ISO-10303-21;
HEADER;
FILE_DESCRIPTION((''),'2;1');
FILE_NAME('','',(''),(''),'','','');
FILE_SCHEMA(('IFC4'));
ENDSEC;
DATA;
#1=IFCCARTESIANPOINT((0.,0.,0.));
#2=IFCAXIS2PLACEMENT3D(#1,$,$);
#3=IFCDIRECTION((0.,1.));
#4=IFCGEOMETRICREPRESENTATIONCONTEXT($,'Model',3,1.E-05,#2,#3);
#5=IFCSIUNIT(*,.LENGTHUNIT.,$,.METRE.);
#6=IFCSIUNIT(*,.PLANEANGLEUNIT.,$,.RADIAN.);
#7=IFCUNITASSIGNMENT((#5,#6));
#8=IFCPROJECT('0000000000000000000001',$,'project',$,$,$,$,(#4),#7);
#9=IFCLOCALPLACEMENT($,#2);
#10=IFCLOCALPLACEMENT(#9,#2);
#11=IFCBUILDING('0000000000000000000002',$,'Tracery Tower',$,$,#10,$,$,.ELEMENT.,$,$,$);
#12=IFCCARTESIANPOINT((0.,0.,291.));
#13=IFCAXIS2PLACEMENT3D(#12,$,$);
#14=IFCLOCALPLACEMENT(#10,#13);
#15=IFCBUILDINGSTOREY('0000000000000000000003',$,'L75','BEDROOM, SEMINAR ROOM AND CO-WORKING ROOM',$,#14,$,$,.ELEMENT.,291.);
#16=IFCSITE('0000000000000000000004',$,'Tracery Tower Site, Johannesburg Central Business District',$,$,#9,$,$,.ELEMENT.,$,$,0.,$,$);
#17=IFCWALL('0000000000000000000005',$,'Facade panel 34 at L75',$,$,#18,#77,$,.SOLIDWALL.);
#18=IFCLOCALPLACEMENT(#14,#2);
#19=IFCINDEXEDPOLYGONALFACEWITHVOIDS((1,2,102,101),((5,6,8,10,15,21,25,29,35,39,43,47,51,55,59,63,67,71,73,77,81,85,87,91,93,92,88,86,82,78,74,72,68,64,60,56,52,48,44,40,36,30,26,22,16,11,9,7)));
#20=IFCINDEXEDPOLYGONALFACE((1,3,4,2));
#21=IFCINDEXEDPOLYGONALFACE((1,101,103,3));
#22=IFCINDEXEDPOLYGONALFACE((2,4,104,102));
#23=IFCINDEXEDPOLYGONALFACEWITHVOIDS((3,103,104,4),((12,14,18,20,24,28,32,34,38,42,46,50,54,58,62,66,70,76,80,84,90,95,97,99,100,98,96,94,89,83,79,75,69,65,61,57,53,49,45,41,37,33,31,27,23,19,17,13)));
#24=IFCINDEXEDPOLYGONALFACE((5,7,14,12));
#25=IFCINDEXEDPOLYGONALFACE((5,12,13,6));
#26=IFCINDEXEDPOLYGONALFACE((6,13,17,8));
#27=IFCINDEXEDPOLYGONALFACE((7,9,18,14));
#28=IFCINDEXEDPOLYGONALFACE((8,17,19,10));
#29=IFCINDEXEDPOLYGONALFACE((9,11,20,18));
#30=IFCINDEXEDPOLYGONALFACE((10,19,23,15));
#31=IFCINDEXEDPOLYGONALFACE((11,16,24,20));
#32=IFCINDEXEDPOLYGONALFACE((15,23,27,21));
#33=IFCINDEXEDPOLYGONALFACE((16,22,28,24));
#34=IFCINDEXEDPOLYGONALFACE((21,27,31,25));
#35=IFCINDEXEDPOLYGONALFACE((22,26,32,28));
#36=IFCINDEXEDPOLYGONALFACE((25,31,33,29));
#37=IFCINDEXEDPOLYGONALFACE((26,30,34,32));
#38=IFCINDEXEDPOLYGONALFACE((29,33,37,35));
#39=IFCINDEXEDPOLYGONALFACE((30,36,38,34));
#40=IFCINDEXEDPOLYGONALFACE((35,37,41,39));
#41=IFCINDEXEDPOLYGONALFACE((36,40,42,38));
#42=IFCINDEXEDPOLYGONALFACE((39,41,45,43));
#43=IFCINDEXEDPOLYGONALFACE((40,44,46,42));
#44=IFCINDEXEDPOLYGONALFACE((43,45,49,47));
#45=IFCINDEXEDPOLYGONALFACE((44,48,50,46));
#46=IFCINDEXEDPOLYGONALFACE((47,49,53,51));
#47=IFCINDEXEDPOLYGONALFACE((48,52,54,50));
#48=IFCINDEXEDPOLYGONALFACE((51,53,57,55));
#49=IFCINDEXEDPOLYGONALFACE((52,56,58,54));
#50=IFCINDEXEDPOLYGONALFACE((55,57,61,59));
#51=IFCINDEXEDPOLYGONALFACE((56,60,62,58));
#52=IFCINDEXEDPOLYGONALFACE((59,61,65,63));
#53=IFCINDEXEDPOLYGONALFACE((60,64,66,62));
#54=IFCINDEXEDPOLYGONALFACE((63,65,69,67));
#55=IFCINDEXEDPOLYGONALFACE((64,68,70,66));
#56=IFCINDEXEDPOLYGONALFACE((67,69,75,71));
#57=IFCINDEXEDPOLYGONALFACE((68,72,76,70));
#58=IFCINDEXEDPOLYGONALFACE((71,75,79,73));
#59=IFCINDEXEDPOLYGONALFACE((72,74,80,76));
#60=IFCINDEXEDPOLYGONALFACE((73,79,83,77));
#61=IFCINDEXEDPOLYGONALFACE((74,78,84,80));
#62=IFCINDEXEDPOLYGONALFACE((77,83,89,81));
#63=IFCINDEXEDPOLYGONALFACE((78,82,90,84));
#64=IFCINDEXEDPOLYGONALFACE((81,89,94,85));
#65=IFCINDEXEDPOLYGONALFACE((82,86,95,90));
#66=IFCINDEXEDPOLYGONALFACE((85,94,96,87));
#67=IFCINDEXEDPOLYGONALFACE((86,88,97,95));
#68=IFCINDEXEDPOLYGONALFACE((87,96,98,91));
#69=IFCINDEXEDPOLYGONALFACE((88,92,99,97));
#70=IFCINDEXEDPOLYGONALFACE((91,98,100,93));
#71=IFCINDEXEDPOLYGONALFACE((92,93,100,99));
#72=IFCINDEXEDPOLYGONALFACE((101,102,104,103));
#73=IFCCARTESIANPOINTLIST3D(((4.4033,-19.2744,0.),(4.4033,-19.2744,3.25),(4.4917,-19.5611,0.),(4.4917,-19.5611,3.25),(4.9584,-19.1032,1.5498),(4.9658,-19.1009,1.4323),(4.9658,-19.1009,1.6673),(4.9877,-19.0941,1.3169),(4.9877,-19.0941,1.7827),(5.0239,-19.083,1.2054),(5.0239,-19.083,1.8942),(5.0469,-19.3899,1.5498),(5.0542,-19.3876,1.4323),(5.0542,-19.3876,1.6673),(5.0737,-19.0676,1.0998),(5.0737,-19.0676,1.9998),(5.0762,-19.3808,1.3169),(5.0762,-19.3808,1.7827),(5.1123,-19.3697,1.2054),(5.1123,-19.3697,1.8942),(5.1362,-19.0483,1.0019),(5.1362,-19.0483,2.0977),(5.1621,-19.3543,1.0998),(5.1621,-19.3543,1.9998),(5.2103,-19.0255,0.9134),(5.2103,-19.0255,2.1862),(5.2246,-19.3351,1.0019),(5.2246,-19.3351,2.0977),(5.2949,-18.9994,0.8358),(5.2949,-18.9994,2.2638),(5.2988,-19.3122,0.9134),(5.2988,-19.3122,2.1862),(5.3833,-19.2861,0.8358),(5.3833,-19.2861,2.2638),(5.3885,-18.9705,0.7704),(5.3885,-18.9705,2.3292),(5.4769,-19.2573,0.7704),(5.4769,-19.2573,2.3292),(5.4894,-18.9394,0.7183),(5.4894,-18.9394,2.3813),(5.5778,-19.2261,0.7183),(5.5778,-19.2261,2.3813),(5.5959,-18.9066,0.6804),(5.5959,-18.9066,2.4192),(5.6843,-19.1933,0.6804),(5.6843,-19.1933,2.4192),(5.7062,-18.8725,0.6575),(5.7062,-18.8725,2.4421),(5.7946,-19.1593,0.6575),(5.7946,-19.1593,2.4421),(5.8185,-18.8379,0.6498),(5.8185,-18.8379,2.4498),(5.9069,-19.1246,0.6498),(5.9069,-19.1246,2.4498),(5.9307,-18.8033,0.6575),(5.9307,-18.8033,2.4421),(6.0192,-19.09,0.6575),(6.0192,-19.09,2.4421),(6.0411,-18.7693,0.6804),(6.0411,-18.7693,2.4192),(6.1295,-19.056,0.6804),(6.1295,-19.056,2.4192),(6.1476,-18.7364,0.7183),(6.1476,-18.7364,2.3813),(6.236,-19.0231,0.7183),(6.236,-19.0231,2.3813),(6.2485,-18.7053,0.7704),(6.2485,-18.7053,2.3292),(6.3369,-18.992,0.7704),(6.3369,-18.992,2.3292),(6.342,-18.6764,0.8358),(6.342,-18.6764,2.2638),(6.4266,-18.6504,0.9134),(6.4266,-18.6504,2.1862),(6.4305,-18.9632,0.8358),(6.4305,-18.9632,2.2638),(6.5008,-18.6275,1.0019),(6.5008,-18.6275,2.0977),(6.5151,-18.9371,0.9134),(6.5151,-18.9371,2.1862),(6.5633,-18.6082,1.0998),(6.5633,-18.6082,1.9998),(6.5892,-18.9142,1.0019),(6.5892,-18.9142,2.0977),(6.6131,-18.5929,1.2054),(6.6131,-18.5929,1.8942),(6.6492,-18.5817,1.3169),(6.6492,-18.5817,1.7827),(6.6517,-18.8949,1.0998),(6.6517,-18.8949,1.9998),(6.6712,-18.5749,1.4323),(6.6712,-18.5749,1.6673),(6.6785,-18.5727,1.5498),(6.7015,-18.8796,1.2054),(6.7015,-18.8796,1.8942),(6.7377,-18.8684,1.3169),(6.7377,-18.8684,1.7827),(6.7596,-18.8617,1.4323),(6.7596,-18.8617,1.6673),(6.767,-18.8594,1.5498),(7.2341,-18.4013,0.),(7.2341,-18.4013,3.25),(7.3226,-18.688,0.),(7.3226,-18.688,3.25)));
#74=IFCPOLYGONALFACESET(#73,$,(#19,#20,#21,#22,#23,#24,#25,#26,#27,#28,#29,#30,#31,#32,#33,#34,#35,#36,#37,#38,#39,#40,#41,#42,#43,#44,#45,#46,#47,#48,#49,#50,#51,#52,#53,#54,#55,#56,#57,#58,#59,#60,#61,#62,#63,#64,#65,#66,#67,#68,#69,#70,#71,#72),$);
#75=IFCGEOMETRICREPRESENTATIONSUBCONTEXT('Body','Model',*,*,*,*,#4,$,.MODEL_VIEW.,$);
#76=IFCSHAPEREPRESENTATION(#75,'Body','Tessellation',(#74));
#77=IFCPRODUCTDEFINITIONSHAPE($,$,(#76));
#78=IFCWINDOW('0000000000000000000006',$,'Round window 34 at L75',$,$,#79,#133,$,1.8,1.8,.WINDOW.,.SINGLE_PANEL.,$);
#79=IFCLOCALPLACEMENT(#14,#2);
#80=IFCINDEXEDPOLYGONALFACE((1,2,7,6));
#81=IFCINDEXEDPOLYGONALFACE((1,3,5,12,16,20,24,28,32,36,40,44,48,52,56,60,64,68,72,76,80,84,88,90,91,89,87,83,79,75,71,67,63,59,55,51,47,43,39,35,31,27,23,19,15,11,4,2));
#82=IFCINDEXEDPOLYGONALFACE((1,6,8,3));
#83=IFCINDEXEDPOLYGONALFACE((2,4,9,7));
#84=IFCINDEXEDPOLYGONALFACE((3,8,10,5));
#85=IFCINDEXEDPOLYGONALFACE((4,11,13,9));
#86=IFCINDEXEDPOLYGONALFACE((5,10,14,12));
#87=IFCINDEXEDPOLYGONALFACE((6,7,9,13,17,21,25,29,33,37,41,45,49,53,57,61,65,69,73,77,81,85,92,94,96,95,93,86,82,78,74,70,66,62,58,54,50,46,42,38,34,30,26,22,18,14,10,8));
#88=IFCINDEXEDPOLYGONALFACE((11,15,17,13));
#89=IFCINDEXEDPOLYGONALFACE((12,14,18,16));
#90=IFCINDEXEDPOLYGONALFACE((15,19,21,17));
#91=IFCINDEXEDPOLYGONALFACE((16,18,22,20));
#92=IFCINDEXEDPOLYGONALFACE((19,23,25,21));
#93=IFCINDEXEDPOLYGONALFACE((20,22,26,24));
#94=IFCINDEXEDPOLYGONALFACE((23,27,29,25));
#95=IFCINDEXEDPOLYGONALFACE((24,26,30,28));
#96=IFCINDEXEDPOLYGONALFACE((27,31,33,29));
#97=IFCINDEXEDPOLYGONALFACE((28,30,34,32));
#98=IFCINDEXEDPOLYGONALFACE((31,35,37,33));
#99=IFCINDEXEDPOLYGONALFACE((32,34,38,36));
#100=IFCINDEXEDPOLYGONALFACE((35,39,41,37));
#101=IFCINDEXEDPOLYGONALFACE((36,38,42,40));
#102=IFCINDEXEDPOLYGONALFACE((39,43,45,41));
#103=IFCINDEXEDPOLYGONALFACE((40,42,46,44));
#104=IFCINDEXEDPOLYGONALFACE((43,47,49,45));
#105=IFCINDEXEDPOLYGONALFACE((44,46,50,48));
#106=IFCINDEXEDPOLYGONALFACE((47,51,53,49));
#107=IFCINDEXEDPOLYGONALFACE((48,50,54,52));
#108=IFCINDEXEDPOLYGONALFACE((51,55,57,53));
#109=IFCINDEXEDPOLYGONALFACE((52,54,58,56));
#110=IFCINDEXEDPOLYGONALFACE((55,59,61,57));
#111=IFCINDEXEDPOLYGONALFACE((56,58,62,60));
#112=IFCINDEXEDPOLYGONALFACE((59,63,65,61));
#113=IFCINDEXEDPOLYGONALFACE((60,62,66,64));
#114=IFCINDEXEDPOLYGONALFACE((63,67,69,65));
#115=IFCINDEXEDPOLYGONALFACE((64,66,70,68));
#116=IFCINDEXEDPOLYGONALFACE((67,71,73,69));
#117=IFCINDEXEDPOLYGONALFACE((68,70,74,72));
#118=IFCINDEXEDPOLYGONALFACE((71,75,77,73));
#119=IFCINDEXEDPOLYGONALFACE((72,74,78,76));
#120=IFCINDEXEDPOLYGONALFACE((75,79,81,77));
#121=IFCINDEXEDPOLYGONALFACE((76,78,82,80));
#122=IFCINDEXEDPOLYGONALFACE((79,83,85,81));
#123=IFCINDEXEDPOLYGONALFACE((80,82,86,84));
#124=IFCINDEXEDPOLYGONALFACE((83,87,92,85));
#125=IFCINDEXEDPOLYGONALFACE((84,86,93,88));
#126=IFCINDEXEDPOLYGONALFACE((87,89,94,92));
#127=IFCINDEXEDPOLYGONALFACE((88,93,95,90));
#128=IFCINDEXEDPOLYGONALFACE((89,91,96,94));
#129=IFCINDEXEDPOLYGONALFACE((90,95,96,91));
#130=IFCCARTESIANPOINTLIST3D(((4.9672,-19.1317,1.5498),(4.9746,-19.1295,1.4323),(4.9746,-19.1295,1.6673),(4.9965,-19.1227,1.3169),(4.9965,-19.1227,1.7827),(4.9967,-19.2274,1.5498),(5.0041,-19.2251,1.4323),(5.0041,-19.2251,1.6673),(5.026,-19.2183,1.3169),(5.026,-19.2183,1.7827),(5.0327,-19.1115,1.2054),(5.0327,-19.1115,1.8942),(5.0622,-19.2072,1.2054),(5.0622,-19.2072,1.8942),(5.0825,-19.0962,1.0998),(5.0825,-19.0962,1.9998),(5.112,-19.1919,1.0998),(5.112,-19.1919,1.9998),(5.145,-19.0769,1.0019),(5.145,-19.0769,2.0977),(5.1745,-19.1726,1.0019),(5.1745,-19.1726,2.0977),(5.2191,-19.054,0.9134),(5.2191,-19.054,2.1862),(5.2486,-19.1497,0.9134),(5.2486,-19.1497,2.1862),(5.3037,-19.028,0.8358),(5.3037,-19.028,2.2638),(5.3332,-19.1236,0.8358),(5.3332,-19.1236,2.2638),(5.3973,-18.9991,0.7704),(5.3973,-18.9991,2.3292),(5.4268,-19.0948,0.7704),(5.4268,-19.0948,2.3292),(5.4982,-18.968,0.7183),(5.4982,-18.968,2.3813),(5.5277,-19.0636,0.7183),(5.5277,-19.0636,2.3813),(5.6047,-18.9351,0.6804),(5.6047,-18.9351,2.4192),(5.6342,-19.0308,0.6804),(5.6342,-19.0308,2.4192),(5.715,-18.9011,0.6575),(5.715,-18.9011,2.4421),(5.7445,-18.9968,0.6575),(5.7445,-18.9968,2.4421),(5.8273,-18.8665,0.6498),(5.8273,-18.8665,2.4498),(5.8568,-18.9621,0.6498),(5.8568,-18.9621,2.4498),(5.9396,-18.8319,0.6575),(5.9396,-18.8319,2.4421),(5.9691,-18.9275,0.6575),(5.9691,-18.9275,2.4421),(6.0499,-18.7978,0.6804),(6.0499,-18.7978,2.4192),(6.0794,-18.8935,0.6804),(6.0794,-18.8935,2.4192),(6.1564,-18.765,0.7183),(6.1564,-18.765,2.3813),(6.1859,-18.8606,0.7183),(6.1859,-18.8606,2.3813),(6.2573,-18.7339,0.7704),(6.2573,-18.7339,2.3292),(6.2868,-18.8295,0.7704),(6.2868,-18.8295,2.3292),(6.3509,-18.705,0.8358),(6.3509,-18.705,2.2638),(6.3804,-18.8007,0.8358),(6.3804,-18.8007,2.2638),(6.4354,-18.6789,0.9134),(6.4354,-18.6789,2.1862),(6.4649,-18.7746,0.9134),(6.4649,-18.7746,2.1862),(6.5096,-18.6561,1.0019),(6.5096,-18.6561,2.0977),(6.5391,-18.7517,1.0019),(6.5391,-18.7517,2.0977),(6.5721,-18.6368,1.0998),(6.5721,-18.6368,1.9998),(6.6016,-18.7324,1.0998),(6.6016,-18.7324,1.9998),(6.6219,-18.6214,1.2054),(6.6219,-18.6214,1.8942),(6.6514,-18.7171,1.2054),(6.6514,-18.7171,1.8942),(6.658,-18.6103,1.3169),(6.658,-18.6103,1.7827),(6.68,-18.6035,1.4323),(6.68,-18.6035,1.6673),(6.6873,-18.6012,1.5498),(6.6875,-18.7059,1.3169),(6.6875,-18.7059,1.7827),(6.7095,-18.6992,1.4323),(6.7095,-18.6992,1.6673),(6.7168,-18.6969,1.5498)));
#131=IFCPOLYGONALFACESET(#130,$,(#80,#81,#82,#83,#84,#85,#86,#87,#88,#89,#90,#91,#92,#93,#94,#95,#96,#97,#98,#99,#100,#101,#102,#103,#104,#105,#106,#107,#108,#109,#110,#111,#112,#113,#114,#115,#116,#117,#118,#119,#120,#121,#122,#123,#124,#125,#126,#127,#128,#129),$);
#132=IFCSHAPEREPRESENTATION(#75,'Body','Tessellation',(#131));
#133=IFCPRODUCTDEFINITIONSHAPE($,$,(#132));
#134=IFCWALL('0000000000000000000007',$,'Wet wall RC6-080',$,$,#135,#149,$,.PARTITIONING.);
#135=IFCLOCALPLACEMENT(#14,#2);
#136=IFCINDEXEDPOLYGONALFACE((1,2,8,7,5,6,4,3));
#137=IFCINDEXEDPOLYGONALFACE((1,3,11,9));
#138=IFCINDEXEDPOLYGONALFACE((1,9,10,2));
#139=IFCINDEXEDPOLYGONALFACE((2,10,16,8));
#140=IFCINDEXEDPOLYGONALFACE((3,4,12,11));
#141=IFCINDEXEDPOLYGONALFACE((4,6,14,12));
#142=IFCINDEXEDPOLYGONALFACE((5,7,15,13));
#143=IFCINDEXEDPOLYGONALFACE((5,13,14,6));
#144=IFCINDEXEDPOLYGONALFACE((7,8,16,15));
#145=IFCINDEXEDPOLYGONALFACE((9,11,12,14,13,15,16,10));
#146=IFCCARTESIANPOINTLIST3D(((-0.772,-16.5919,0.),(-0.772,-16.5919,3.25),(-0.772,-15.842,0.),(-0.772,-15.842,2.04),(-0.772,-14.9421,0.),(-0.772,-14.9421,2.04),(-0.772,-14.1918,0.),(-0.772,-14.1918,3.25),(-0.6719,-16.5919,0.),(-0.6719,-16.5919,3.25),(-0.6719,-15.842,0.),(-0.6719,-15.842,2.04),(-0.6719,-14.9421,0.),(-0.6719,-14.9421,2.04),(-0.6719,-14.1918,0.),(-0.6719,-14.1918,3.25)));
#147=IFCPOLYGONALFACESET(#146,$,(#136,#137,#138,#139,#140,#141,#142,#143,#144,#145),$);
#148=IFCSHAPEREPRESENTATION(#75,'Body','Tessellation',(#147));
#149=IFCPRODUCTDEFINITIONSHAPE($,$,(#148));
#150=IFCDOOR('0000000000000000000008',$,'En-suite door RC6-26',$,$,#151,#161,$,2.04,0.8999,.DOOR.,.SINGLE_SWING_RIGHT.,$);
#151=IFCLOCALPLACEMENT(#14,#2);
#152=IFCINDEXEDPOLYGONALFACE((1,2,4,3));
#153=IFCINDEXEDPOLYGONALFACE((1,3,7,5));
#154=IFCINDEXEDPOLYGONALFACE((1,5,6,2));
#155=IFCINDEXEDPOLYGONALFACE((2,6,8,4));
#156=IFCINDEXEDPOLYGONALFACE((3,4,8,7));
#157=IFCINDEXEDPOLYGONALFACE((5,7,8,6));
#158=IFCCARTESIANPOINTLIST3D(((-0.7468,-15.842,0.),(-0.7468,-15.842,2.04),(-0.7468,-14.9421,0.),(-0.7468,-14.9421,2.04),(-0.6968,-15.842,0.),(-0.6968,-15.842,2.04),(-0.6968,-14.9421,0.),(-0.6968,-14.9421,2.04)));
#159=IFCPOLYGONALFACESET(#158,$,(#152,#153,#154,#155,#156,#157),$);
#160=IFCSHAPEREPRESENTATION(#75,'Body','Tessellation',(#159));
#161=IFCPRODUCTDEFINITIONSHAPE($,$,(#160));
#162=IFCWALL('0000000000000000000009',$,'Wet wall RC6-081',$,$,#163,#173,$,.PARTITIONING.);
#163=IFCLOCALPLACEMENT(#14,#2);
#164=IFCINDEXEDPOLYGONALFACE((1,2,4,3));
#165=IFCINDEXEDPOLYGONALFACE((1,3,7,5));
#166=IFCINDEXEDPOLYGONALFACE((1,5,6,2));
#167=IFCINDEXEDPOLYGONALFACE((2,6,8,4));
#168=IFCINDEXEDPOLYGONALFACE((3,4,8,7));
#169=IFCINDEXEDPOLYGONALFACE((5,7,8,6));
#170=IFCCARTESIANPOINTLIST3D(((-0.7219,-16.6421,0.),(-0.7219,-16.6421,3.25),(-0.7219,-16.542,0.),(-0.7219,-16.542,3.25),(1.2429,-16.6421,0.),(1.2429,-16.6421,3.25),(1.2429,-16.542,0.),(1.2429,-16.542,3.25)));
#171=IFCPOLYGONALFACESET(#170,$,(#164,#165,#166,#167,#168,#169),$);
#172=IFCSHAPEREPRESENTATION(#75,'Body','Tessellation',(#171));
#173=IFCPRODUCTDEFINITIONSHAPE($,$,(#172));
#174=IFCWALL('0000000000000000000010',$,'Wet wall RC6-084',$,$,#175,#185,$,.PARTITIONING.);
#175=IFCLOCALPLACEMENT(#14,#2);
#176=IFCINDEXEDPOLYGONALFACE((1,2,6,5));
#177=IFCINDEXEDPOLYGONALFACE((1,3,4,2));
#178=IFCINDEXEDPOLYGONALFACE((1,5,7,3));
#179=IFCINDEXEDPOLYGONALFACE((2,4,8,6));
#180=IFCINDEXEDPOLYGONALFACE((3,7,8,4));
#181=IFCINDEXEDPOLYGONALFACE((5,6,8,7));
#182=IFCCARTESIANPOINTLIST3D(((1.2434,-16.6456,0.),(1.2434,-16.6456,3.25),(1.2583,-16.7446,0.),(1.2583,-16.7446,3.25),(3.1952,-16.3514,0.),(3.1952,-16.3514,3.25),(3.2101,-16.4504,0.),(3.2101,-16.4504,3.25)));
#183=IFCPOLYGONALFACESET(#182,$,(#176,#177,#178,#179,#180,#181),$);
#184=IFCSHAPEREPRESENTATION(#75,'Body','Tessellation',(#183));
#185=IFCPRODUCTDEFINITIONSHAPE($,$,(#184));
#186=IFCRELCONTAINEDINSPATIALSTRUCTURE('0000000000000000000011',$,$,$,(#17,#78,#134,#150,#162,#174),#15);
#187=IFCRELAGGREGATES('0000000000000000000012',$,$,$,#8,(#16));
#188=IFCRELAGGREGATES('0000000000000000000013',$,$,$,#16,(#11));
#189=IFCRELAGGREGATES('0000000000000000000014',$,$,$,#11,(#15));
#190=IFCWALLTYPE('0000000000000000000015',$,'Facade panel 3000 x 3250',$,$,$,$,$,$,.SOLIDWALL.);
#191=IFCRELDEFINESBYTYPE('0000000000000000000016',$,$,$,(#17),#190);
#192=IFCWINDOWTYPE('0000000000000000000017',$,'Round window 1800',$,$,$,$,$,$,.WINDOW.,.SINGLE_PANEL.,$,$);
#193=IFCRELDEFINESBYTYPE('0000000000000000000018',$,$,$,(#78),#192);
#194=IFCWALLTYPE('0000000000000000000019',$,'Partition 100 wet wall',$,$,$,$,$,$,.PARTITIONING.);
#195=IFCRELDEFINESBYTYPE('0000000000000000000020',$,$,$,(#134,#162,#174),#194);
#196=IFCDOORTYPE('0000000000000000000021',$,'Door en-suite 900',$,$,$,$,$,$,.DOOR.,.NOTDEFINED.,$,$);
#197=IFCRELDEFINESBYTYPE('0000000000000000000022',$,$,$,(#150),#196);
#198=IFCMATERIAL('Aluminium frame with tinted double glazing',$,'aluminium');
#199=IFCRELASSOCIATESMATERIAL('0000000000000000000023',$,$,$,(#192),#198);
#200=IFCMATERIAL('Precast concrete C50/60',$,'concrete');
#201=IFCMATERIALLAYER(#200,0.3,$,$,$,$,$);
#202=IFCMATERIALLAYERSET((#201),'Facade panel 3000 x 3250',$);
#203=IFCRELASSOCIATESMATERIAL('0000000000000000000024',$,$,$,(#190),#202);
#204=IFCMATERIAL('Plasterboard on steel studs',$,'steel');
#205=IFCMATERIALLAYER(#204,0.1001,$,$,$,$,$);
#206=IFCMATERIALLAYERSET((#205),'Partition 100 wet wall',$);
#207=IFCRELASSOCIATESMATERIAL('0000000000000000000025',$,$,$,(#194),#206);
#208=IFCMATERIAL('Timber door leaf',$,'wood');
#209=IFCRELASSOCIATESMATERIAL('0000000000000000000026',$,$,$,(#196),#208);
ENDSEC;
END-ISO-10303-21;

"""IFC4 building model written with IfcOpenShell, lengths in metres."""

from ifc_helpers import new_model, si_unit, direction, frame, frame_2d, origin, origin_2d, place, context, subcontext, project, spatial, rectangle, circle, extrude, material, layer, layer_set, type_object, element, fill, save


model = new_model("IFC4")

# Units and contexts
model_context = context("Model", 3, precision=1e-05, world=origin(), true_north=direction((0.0, 1.0)))
body_context = subcontext(model_context, "Body", "Model", "MODEL_VIEW")
ifc_project = project(units=[si_unit("LENGTHUNIT", "METRE"), si_unit("PLANEANGLEUNIT", "RADIAN")], contexts=[model_context])

# Site, building, storey
site_placement = place(None, origin())
site = spatial("IfcSite", under=ifc_project, at=site_placement, Name="Tracery Tower Site, Johannesburg Central Business District", CompositionType="ELEMENT", RefElevation=0.0)
building_placement = place(site_placement, origin())
building = spatial("IfcBuilding", under=site, at=building_placement, Name="Tracery Tower", CompositionType="ELEMENT")
storey_placement = place(building_placement, frame((0.0, 0.0, 291.0)))
storey = spatial("IfcBuildingStorey", under=building, at=storey_placement, Name="L75", Description="BEDROOM, SEMINAR ROOM AND CO-WORKING ROOM", CompositionType="ELEMENT", Elevation=291.0)

# Wall, opening, window
ifc_material_1 = material(Name="Aluminium frame with tinted double glazing", Category="aluminium")
window_type = type_object("IfcWindowType", Name="Round window 1800", PartitioningType="SINGLE_PANEL", PredefinedType="WINDOW", material=ifc_material_1)
ifc_material_2 = material(Name="Precast concrete C50/60", Category="concrete")
ifc_layer_1 = layer(ifc_material_2, 0.3)
ifc_layer_set_1 = layer_set([ifc_layer_1], Name="Facade panel 3000 x 3250")
wall_type_1 = type_object("IfcWallType", Name="Facade panel 3000 x 3250", PredefinedType="SOLIDWALL", material=ifc_layer_set_1)
wall_1_placement = place(storey_placement, frame((4.4475, -19.4177, 0.0), z_axis=(0.0, 0.0, 1.0), x_axis=(0.955586, 0.294711, 0.0)))
wall_1 = element("IfcWall", 1, at=wall_1_placement, inside=storey, type_object=wall_type_1, Name="Facade panel 34 at L75", PredefinedType="SOLIDWALL", context=body_context, shape_type="SweptSolid", body=[
    extrude(rectangle(XDim=2.9624, YDim=0.3, at=frame_2d((1.4812, 0.0))), origin(), (0.0, 0.0, 1.0), 3.25),
])
opening_1_placement = place(wall_1_placement, frame((1.481, 0.0, 1.5498)))
opening_1 = element("IfcOpeningElement", 2, at=opening_1_placement, cuts=wall_1, PredefinedType="OPENING", context=body_context, shape_type="SweptSolid", body=[
    extrude(circle(Radius=0.9, at=origin_2d()), frame((0.0, 0.1599, 0.0), z_axis=(0.0, -1.0, 0.0), x_axis=(1.0, 0.0, 0.0)), (0.0, 0.0, 1.0), 0.3201),
])
window_1_placement = place(opening_1_placement, origin())
window_1 = element("IfcWindow", 3, at=window_1_placement, inside=storey, type_object=window_type, Name="Round window 34 at L75", OverallHeight=1.8, OverallWidth=1.8, PartitioningType="SINGLE_PANEL", PredefinedType="WINDOW", context=body_context, shape_type="SweptSolid", body=[
    extrude(circle(Radius=0.9, at=origin_2d()), frame((0.0, 0.1201, 0.0), z_axis=(0.0, -1.0, 0.0), x_axis=(1.0, 0.0, 0.0)), (0.0, 0.0, 1.0), 0.1001),
])
fill(opening_1, window_1)

# Wall, opening, door
ifc_material_3 = material(Name="Plasterboard on steel studs", Category="steel")
ifc_layer_2 = layer(ifc_material_3, 0.1001)
ifc_layer_set_2 = layer_set([ifc_layer_2], Name="Partition 100 wet wall")
wall_type_2 = type_object("IfcWallType", Name="Partition 100 wet wall", PredefinedType="PARTITIONING", material=ifc_layer_set_2)
wall_2_placement = place(storey_placement, frame((-0.7219, -16.592, 0.0), z_axis=(0.0, 0.0, 1.0), x_axis=(0.0, 1.0, 0.0)))
wall_2 = element("IfcWall", 4, at=wall_2_placement, inside=storey, type_object=wall_type_2, Name="Wet wall RC6-080", PredefinedType="PARTITIONING", context=body_context, shape_type="SweptSolid", body=[
    extrude(rectangle(XDim=2.4001, YDim=0.1001, at=frame_2d((1.2002, 0.0))), origin(), (0.0, 0.0, 1.0), 3.25),
])
opening_2_placement = place(wall_2_placement, frame((0.75, 0.0, 0.0)))
opening_2 = element("IfcOpeningElement", 5, at=opening_2_placement, cuts=wall_2, PredefinedType="OPENING", context=body_context, shape_type="SweptSolid", body=[
    extrude(rectangle(XDim=0.8999, YDim=2.04, at=frame_2d((0.45, 1.02))), frame((0.0, 0.05, 0.0), z_axis=(0.0, -1.0, 0.0), x_axis=(1.0, 0.0, 0.0)), (0.0, 0.0, 1.0), 0.1001),
])
ifc_material_4 = material(Name="Timber door leaf", Category="wood")
door_type_1 = type_object("IfcDoorType", Name="Door en-suite 900", OperationType="NOTDEFINED", PredefinedType="DOOR", material=ifc_material_4)
door_1_placement = place(opening_2_placement, origin())
door_1 = element("IfcDoor", 6, at=door_1_placement, inside=storey, type_object=door_type_1, Name="En-suite door RC6-26", OperationType="SINGLE_SWING_RIGHT", OverallHeight=2.04, OverallWidth=0.8999, PredefinedType="DOOR", context=body_context, shape_type="SweptSolid", body=[
    extrude(rectangle(XDim=0.8999, YDim=2.04, at=frame_2d((0.45, 1.02))), frame((0.0, 0.0249, 0.0), z_axis=(0.0, -1.0, 0.0), x_axis=(1.0, 0.0, 0.0)), (0.0, 0.0, 1.0), 0.05),
])
fill(opening_2, door_1)

# Walls
wall_3_placement = place(storey_placement, frame((-0.7219, -16.592, 0.0), z_axis=(0.0, 0.0, 1.0), x_axis=(1.0, 0.0, 0.0)))
element("IfcWall", 7, at=wall_3_placement, inside=storey, type_object=wall_type_2, Name="Wet wall RC6-081", PredefinedType="PARTITIONING", context=body_context, shape_type="SweptSolid", body=[
    extrude(rectangle(XDim=1.9648, YDim=0.1001, at=frame_2d((0.9824, 0.0))), origin(), (0.0, 0.0, 1.0), 3.25),
])
wall_4_placement = place(storey_placement, frame((1.251, -16.6951, 0.0), z_axis=(0.0, 0.0, 1.0), x_axis=(0.988832, 0.149036, 0.0)))
element("IfcWall", 8, at=wall_4_placement, inside=storey, type_object=wall_type_2, Name="Wet wall RC6-084", PredefinedType="PARTITIONING", context=body_context, shape_type="SweptSolid", body=[
    extrude(rectangle(XDim=1.9739, YDim=0.1001, at=frame_2d((0.9868, 0.0))), origin(), (0.0, 0.0, 1.0), 3.25),
])

save(model, "model.ifc")
